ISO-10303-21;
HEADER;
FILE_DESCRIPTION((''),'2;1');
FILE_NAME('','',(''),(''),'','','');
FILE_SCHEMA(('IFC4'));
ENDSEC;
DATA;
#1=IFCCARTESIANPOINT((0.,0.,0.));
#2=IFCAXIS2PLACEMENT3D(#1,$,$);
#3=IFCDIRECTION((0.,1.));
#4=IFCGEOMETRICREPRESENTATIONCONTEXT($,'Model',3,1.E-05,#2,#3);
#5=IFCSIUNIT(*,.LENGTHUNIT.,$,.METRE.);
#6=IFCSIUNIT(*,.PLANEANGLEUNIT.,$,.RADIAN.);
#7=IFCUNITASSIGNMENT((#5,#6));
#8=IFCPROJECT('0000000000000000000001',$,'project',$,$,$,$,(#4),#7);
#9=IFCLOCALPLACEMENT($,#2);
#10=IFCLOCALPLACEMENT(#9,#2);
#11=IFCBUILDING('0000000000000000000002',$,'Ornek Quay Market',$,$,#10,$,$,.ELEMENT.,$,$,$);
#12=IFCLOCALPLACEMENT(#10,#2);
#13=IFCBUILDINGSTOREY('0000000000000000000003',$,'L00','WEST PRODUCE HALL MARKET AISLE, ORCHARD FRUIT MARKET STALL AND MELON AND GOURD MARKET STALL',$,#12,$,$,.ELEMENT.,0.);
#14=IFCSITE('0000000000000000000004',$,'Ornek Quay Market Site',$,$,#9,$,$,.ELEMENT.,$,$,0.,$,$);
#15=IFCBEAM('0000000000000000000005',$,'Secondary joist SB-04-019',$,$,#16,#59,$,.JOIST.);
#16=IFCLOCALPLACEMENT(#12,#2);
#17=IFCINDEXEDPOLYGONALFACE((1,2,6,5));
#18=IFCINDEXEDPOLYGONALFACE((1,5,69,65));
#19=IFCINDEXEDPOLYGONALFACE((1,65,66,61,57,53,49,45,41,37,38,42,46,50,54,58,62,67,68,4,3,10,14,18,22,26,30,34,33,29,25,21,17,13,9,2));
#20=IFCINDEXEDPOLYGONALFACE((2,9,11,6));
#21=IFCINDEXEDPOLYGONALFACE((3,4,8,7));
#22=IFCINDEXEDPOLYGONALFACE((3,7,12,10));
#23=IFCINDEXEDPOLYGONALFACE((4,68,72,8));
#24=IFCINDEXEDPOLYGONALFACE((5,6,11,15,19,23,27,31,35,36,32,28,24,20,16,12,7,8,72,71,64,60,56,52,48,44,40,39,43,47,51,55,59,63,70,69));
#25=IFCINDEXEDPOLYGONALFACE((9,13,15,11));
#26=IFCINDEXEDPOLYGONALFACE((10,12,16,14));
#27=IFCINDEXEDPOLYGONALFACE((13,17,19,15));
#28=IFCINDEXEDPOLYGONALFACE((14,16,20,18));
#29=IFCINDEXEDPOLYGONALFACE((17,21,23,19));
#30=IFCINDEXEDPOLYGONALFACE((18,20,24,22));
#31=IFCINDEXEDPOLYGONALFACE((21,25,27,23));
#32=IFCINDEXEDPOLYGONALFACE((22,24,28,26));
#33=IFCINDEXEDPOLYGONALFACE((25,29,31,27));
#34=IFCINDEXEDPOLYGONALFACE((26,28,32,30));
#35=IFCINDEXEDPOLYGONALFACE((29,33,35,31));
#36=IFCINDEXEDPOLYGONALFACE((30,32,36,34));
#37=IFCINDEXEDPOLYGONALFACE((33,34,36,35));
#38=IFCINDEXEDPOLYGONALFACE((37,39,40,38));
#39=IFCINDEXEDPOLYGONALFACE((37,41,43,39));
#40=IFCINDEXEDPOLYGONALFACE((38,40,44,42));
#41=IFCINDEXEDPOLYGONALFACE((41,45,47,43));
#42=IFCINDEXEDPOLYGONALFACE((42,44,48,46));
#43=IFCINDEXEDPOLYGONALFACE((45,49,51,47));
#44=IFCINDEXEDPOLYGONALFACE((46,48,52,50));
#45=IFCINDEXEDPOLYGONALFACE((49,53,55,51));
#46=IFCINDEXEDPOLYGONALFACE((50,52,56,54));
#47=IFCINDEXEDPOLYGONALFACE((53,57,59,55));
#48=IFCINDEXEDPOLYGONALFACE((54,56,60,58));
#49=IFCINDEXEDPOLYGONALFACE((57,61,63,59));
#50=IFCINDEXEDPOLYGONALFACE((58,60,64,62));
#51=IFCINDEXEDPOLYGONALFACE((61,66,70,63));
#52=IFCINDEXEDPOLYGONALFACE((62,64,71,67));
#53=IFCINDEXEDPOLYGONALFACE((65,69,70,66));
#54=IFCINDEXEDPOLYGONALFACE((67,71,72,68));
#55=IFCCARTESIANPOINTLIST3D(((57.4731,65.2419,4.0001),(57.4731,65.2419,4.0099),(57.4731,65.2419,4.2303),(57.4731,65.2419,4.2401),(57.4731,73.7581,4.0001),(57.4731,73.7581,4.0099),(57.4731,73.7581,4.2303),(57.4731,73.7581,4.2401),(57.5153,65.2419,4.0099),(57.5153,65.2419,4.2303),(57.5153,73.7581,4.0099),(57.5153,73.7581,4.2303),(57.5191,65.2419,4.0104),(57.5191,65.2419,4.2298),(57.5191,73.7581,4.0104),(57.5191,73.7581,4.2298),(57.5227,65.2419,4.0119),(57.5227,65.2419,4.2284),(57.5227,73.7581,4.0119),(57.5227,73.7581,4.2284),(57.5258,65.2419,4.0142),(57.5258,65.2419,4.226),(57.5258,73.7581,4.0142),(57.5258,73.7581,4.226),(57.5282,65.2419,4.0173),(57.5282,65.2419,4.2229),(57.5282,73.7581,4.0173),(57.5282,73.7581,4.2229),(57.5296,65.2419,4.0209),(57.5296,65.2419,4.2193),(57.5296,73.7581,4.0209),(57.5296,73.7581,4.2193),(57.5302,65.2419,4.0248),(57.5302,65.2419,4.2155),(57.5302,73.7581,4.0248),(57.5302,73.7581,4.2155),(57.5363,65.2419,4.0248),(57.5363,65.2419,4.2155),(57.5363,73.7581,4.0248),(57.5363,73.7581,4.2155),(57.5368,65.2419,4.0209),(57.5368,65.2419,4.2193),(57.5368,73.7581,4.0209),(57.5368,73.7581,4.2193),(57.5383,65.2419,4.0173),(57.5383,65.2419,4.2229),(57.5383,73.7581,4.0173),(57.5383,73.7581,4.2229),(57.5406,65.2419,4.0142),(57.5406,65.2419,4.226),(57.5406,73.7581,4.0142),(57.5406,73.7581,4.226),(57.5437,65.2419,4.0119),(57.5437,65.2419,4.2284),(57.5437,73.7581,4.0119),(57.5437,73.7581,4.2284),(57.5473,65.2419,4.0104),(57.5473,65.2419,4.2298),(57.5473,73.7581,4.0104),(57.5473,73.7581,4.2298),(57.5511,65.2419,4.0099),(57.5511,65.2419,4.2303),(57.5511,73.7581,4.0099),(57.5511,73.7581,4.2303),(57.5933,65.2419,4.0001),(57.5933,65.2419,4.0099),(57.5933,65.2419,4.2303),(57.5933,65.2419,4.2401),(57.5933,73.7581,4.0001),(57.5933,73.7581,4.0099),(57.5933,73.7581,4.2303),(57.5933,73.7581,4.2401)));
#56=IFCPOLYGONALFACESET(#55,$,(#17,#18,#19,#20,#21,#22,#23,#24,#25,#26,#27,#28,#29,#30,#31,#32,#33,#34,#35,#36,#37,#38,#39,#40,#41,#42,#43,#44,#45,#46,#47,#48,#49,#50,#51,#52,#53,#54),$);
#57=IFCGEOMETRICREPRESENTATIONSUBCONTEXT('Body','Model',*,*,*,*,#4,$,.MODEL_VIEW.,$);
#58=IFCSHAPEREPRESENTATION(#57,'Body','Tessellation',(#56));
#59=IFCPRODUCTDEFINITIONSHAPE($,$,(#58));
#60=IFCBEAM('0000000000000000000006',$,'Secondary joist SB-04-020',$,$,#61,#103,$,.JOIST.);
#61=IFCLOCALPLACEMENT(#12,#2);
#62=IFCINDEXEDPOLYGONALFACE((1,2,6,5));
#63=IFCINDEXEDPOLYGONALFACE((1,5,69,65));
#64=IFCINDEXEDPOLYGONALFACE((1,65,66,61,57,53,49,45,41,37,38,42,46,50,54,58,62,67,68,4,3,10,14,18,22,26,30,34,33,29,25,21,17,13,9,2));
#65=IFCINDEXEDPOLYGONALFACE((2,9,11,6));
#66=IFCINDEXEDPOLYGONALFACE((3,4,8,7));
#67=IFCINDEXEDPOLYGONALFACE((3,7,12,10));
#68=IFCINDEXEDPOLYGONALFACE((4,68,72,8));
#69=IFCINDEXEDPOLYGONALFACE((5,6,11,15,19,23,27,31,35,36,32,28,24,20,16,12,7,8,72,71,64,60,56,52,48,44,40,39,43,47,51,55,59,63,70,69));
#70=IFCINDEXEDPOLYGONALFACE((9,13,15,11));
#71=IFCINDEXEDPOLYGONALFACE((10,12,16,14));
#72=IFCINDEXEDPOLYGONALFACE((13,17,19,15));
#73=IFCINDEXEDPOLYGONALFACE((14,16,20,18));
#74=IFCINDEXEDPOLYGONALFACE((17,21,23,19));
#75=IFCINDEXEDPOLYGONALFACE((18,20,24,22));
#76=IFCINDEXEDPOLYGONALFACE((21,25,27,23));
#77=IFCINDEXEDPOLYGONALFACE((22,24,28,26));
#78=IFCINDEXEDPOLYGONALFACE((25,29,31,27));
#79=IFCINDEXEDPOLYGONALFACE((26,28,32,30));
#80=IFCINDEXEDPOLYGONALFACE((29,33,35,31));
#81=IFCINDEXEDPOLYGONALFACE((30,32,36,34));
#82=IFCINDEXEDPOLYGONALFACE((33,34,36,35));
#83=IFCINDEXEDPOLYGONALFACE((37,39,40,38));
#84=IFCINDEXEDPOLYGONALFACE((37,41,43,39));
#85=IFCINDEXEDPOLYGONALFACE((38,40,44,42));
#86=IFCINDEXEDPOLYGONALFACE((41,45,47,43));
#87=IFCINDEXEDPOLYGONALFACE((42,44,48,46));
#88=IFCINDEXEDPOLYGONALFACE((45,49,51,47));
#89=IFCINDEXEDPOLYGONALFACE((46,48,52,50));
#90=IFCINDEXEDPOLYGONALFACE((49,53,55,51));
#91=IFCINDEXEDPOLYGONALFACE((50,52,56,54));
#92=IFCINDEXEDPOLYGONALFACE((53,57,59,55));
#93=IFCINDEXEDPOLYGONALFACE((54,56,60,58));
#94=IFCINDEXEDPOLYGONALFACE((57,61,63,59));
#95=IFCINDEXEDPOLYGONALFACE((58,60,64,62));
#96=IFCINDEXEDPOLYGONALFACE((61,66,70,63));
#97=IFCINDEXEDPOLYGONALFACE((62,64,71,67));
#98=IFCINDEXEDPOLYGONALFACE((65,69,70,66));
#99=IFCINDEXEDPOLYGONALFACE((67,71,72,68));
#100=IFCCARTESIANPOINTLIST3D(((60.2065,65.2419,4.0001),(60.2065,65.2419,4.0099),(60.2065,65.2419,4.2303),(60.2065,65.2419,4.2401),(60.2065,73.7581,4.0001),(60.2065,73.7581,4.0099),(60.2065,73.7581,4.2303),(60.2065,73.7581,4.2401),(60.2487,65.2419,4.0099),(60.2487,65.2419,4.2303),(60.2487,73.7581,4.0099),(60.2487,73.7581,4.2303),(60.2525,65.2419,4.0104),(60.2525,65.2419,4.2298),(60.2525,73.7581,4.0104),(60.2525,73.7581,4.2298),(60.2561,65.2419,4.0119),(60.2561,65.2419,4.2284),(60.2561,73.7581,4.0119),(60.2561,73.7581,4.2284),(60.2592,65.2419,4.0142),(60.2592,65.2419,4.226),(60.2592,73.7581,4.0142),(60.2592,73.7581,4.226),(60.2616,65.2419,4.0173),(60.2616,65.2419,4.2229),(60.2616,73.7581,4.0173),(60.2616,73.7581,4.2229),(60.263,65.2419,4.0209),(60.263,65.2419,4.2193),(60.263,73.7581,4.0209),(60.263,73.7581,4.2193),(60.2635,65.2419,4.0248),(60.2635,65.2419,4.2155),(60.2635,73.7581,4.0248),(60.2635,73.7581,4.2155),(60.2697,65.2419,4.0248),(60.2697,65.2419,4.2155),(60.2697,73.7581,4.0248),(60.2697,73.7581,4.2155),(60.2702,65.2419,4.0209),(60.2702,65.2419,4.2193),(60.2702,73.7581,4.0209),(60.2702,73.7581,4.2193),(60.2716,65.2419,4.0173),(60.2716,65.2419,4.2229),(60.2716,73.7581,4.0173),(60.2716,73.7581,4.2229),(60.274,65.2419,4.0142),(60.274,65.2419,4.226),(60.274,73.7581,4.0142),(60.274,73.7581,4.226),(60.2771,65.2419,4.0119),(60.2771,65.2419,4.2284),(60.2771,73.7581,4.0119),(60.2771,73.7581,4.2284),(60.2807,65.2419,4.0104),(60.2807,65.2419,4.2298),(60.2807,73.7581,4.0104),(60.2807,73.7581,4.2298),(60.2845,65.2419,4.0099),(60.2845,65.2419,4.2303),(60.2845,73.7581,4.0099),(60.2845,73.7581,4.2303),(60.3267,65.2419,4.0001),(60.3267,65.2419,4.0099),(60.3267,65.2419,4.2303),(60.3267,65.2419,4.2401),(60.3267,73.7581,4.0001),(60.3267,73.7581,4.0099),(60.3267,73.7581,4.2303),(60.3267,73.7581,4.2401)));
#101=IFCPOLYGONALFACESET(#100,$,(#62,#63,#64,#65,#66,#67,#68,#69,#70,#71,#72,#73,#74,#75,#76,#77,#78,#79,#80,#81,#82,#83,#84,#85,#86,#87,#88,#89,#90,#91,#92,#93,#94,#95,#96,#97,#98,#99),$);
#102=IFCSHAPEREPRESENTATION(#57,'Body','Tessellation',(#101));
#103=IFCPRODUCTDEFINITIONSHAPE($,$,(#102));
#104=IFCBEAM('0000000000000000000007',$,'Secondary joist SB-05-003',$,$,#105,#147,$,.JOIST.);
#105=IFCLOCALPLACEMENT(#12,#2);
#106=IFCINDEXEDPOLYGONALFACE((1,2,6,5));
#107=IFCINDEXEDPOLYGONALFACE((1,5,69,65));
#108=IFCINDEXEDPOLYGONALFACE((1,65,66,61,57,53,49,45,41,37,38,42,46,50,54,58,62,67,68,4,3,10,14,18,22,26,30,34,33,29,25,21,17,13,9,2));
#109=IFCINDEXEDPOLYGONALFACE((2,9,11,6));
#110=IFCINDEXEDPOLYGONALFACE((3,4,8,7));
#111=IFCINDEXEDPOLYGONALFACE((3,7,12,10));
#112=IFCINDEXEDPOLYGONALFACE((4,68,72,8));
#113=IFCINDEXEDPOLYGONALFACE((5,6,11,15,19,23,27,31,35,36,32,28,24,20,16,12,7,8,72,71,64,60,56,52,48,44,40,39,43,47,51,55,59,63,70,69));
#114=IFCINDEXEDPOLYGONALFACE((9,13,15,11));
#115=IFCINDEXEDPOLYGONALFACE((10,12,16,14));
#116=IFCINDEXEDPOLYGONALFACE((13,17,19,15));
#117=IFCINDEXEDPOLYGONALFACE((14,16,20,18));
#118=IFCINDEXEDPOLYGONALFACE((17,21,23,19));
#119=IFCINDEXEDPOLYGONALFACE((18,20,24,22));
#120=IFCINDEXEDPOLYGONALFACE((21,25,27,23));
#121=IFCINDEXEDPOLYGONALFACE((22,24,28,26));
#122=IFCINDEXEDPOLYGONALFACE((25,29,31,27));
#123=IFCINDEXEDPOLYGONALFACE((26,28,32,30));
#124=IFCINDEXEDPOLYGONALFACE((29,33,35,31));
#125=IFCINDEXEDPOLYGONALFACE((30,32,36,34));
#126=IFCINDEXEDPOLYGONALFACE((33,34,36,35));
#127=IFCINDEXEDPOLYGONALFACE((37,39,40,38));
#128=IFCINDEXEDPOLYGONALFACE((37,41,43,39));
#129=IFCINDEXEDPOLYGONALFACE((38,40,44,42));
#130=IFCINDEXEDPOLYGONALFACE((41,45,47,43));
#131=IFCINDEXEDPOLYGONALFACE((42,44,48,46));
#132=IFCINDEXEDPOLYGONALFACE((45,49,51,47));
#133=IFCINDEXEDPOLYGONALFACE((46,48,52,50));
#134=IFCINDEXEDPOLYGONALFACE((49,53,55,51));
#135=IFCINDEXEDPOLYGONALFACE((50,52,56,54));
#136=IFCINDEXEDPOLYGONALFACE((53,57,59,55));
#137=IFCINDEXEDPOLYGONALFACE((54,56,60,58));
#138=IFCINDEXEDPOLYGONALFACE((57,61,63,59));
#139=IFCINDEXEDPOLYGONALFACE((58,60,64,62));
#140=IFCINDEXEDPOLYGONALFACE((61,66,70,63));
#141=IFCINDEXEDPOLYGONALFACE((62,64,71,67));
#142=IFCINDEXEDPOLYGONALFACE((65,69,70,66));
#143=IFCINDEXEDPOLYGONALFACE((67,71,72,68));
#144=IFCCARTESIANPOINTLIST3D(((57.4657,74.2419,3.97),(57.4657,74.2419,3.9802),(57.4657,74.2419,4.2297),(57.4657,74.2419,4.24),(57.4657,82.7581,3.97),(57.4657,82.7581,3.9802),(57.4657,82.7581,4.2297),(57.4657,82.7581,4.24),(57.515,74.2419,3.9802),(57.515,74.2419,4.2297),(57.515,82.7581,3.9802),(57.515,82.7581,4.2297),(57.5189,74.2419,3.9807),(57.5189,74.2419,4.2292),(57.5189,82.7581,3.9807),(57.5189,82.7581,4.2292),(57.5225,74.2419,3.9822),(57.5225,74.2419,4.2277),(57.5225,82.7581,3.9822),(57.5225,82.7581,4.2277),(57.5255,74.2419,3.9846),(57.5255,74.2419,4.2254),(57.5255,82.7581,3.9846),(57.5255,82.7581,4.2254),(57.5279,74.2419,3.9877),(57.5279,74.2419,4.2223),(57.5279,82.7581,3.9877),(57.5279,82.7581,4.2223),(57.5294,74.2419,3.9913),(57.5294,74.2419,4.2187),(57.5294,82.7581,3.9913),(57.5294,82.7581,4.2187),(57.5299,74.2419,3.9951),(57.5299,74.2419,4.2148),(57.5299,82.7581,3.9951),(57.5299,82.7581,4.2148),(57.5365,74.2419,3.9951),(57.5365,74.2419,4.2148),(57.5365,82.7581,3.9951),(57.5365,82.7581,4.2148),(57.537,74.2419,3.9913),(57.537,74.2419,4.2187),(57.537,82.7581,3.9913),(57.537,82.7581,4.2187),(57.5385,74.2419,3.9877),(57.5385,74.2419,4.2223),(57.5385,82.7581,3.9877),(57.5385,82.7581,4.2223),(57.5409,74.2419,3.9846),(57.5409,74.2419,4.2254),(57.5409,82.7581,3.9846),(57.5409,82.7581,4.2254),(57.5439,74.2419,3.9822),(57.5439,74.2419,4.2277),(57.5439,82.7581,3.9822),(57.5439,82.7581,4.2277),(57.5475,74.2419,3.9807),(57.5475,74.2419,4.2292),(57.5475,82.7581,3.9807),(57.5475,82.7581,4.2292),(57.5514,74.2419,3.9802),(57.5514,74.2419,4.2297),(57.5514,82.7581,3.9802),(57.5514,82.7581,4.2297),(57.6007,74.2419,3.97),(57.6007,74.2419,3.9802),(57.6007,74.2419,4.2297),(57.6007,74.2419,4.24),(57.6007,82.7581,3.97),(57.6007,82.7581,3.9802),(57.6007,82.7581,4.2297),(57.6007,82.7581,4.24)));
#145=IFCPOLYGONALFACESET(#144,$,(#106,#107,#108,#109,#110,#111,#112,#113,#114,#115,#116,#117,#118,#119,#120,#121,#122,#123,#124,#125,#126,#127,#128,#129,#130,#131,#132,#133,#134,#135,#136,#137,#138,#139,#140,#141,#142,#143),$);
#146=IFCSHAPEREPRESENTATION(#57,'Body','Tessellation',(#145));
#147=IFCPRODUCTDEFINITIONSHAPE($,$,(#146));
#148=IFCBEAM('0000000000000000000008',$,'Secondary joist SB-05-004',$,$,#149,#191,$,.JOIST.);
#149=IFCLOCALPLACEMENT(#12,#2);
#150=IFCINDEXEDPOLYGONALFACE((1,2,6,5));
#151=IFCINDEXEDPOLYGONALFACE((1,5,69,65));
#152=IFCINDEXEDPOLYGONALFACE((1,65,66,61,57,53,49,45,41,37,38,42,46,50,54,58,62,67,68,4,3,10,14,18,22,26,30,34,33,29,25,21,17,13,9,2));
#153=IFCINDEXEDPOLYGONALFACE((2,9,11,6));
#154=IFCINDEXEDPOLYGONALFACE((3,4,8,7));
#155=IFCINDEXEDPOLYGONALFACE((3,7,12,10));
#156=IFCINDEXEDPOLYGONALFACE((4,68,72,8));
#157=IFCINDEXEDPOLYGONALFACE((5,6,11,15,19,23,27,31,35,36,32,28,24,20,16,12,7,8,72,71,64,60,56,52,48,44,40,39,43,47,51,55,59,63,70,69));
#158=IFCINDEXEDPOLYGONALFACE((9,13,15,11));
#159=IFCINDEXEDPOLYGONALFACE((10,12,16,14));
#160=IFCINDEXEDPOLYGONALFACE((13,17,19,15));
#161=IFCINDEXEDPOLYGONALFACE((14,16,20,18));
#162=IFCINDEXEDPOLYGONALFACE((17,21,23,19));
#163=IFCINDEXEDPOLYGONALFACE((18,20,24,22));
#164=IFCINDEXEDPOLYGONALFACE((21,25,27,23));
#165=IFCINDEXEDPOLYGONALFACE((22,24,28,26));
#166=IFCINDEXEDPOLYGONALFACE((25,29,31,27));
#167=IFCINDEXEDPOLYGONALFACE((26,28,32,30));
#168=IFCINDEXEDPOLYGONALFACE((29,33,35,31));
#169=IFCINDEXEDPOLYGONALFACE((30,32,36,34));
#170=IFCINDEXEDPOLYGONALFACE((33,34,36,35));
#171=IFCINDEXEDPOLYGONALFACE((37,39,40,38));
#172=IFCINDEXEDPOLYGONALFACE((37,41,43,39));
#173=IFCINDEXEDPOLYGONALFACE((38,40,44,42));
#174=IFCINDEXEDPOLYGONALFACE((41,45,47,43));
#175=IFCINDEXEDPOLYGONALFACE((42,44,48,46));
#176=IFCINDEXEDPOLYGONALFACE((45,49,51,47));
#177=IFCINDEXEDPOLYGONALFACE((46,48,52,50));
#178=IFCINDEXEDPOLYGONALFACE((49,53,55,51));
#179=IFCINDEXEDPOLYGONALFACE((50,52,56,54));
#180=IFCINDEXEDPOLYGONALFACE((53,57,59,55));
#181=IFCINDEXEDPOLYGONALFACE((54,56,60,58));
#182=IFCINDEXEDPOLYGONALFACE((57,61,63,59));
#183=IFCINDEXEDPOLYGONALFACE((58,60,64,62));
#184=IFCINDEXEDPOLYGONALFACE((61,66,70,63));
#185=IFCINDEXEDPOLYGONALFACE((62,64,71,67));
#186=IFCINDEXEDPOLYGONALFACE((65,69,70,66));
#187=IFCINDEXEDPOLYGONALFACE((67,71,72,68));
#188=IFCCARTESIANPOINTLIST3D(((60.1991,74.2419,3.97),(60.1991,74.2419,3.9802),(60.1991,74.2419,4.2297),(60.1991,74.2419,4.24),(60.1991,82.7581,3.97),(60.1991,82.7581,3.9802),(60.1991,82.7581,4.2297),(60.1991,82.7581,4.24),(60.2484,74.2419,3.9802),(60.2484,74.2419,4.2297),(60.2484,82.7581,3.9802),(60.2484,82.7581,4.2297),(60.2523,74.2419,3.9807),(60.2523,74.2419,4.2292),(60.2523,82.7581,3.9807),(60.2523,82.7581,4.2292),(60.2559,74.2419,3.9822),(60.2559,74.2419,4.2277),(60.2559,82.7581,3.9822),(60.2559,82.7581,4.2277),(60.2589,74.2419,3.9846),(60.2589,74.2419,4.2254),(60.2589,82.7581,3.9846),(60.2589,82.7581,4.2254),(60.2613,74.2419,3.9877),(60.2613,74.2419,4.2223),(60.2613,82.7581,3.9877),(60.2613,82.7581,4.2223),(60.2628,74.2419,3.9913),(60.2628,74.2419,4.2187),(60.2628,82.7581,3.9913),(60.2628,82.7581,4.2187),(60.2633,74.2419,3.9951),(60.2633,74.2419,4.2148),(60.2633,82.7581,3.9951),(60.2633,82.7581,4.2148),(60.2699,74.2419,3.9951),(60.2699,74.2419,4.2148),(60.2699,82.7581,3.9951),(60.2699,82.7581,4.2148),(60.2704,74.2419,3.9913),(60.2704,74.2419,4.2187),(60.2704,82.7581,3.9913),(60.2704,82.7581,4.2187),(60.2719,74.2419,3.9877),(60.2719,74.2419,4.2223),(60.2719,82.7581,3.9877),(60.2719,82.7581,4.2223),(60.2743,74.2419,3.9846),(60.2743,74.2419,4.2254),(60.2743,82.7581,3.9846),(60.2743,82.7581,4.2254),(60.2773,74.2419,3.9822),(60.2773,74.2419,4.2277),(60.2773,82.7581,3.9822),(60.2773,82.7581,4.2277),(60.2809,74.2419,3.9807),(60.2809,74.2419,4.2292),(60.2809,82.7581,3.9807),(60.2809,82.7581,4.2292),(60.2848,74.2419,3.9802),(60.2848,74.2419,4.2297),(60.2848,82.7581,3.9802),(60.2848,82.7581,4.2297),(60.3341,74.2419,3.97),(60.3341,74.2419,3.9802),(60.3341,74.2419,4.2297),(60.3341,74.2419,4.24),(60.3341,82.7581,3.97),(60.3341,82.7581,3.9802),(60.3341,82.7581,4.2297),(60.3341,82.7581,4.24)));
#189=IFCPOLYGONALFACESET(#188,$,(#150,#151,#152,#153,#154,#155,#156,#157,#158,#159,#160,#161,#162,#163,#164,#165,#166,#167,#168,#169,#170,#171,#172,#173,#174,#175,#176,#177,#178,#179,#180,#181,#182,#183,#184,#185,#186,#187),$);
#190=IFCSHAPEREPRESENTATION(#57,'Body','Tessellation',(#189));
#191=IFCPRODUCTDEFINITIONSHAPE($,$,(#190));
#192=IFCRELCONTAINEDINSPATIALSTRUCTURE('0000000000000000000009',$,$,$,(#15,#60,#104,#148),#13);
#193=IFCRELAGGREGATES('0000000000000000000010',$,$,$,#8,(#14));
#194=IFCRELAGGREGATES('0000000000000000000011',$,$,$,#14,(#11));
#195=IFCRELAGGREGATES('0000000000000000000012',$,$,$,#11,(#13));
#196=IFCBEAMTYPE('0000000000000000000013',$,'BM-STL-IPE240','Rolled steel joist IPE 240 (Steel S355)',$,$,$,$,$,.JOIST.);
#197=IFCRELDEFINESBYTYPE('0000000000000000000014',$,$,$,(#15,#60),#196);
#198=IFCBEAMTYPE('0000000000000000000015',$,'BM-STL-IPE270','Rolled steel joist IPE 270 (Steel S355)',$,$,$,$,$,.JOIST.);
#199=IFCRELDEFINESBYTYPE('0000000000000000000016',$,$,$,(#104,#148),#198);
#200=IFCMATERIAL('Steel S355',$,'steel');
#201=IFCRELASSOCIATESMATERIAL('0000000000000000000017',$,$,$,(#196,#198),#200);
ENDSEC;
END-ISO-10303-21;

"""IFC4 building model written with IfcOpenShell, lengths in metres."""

from ifc_helpers import new_model, si_unit, direction, frame, origin, origin_2d, place, context, subcontext, project, spatial, i_section, extrude, material, material_profile, profile_set, type_object, element, save


model = new_model("IFC4")

# Units and contexts
model_context = context("Model", 3, precision=1e-05, world=origin(), true_north=direction((0.0, 1.0)))
body_context = subcontext(model_context, "Body", "Model", "MODEL_VIEW")
ifc_project = project(units=[si_unit("LENGTHUNIT", "METRE"), si_unit("PLANEANGLEUNIT", "RADIAN")], contexts=[model_context])

# Site, building, storey
site_placement = place(None, origin())
site = spatial("IfcSite", under=ifc_project, at=site_placement, Name="Ornek Quay Market Site", CompositionType="ELEMENT", RefElevation=0.0)
building_placement = place(site_placement, origin())
building = spatial("IfcBuilding", under=site, at=building_placement, Name="Ornek Quay Market", CompositionType="ELEMENT")
storey_placement = place(building_placement, origin())
storey = spatial("IfcBuildingStorey", under=building, at=storey_placement, Name="L00", Description="WEST PRODUCE HALL MARKET AISLE, ORCHARD FRUIT MARKET STALL AND MELON AND GOURD MARKET STALL", CompositionType="ELEMENT", Elevation=0.0)

# Beams
ifc_material_1 = material(Name="Steel S355", Category="steel")
ifc_material_profile_1 = material_profile(ifc_material_1, i_section(OverallWidth=0.1201, OverallDepth=0.24, WebThickness=0.0061, FlangeThickness=0.0098, FilletRadius=0.0149, at=origin_2d()), Name="IPE 240", Category="steel")
ifc_profile_set_1 = profile_set([ifc_material_profile_1], Name="Steel S355")
beam_type_1 = type_object("IfcBeamType", Name="BM-STL-IPE240", Description="Rolled steel joist IPE 240 (Steel S355)", PredefinedType="JOIST", material=ifc_profile_set_1)
for number, where, z_axis, x_axis, name in (
    (1, (57.5332, 65.2419, 4.1201), (0.0, 1.0, 0.0), (-1.0, 0.0, 0.0), "Secondary joist SB-04-019"),
    (2, (60.2666, 65.2419, 4.1201), (0.0, 1.0, 0.0), (-1.0, 0.0, 0.0), "Secondary joist SB-04-020"),
):
    element("IfcBeam", number, at=place(storey_placement, frame(where, z_axis=z_axis, x_axis=x_axis)), inside=storey, type_object=beam_type_1, Name=name, PredefinedType="JOIST", context=body_context, shape_type="SweptSolid", body=[
        extrude(i_section(OverallWidth=0.1201, OverallDepth=0.24, WebThickness=0.0061, FlangeThickness=0.0098, FilletRadius=0.0149, at=origin_2d()), origin(), (0.0, 0.0, 1.0), 8.5161),
    ])
ifc_material_profile_2 = material_profile(ifc_material_1, i_section(OverallWidth=0.135, OverallDepth=0.27, WebThickness=0.0066, FlangeThickness=0.0103, FilletRadius=0.0149, at=origin_2d()), Name="IPE 270", Category="steel")
ifc_profile_set_2 = profile_set([ifc_material_profile_2], Name="Steel S355")
beam_type_2 = type_object("IfcBeamType", Name="BM-STL-IPE270", Description="Rolled steel joist IPE 270 (Steel S355)", PredefinedType="JOIST", material=ifc_profile_set_2)
for number, where, z_axis, x_axis, name in (
    (3, (57.5332, 74.2419, 4.105), (0.0, 1.0, 0.0), (-1.0, 0.0, 0.0), "Secondary joist SB-05-003"),
    (4, (60.2666, 74.2419, 4.105), (0.0, 1.0, 0.0), (-1.0, 0.0, 0.0), "Secondary joist SB-05-004"),
):
    element("IfcBeam", number, at=place(storey_placement, frame(where, z_axis=z_axis, x_axis=x_axis)), inside=storey, type_object=beam_type_2, Name=name, PredefinedType="JOIST", context=body_context, shape_type="SweptSolid", body=[
        extrude(i_section(OverallWidth=0.135, OverallDepth=0.27, WebThickness=0.0066, FlangeThickness=0.0103, FilletRadius=0.0149, at=origin_2d()), origin(), (0.0, 0.0, 1.0), 8.5161),
    ])

save(model, "model.ifc")
